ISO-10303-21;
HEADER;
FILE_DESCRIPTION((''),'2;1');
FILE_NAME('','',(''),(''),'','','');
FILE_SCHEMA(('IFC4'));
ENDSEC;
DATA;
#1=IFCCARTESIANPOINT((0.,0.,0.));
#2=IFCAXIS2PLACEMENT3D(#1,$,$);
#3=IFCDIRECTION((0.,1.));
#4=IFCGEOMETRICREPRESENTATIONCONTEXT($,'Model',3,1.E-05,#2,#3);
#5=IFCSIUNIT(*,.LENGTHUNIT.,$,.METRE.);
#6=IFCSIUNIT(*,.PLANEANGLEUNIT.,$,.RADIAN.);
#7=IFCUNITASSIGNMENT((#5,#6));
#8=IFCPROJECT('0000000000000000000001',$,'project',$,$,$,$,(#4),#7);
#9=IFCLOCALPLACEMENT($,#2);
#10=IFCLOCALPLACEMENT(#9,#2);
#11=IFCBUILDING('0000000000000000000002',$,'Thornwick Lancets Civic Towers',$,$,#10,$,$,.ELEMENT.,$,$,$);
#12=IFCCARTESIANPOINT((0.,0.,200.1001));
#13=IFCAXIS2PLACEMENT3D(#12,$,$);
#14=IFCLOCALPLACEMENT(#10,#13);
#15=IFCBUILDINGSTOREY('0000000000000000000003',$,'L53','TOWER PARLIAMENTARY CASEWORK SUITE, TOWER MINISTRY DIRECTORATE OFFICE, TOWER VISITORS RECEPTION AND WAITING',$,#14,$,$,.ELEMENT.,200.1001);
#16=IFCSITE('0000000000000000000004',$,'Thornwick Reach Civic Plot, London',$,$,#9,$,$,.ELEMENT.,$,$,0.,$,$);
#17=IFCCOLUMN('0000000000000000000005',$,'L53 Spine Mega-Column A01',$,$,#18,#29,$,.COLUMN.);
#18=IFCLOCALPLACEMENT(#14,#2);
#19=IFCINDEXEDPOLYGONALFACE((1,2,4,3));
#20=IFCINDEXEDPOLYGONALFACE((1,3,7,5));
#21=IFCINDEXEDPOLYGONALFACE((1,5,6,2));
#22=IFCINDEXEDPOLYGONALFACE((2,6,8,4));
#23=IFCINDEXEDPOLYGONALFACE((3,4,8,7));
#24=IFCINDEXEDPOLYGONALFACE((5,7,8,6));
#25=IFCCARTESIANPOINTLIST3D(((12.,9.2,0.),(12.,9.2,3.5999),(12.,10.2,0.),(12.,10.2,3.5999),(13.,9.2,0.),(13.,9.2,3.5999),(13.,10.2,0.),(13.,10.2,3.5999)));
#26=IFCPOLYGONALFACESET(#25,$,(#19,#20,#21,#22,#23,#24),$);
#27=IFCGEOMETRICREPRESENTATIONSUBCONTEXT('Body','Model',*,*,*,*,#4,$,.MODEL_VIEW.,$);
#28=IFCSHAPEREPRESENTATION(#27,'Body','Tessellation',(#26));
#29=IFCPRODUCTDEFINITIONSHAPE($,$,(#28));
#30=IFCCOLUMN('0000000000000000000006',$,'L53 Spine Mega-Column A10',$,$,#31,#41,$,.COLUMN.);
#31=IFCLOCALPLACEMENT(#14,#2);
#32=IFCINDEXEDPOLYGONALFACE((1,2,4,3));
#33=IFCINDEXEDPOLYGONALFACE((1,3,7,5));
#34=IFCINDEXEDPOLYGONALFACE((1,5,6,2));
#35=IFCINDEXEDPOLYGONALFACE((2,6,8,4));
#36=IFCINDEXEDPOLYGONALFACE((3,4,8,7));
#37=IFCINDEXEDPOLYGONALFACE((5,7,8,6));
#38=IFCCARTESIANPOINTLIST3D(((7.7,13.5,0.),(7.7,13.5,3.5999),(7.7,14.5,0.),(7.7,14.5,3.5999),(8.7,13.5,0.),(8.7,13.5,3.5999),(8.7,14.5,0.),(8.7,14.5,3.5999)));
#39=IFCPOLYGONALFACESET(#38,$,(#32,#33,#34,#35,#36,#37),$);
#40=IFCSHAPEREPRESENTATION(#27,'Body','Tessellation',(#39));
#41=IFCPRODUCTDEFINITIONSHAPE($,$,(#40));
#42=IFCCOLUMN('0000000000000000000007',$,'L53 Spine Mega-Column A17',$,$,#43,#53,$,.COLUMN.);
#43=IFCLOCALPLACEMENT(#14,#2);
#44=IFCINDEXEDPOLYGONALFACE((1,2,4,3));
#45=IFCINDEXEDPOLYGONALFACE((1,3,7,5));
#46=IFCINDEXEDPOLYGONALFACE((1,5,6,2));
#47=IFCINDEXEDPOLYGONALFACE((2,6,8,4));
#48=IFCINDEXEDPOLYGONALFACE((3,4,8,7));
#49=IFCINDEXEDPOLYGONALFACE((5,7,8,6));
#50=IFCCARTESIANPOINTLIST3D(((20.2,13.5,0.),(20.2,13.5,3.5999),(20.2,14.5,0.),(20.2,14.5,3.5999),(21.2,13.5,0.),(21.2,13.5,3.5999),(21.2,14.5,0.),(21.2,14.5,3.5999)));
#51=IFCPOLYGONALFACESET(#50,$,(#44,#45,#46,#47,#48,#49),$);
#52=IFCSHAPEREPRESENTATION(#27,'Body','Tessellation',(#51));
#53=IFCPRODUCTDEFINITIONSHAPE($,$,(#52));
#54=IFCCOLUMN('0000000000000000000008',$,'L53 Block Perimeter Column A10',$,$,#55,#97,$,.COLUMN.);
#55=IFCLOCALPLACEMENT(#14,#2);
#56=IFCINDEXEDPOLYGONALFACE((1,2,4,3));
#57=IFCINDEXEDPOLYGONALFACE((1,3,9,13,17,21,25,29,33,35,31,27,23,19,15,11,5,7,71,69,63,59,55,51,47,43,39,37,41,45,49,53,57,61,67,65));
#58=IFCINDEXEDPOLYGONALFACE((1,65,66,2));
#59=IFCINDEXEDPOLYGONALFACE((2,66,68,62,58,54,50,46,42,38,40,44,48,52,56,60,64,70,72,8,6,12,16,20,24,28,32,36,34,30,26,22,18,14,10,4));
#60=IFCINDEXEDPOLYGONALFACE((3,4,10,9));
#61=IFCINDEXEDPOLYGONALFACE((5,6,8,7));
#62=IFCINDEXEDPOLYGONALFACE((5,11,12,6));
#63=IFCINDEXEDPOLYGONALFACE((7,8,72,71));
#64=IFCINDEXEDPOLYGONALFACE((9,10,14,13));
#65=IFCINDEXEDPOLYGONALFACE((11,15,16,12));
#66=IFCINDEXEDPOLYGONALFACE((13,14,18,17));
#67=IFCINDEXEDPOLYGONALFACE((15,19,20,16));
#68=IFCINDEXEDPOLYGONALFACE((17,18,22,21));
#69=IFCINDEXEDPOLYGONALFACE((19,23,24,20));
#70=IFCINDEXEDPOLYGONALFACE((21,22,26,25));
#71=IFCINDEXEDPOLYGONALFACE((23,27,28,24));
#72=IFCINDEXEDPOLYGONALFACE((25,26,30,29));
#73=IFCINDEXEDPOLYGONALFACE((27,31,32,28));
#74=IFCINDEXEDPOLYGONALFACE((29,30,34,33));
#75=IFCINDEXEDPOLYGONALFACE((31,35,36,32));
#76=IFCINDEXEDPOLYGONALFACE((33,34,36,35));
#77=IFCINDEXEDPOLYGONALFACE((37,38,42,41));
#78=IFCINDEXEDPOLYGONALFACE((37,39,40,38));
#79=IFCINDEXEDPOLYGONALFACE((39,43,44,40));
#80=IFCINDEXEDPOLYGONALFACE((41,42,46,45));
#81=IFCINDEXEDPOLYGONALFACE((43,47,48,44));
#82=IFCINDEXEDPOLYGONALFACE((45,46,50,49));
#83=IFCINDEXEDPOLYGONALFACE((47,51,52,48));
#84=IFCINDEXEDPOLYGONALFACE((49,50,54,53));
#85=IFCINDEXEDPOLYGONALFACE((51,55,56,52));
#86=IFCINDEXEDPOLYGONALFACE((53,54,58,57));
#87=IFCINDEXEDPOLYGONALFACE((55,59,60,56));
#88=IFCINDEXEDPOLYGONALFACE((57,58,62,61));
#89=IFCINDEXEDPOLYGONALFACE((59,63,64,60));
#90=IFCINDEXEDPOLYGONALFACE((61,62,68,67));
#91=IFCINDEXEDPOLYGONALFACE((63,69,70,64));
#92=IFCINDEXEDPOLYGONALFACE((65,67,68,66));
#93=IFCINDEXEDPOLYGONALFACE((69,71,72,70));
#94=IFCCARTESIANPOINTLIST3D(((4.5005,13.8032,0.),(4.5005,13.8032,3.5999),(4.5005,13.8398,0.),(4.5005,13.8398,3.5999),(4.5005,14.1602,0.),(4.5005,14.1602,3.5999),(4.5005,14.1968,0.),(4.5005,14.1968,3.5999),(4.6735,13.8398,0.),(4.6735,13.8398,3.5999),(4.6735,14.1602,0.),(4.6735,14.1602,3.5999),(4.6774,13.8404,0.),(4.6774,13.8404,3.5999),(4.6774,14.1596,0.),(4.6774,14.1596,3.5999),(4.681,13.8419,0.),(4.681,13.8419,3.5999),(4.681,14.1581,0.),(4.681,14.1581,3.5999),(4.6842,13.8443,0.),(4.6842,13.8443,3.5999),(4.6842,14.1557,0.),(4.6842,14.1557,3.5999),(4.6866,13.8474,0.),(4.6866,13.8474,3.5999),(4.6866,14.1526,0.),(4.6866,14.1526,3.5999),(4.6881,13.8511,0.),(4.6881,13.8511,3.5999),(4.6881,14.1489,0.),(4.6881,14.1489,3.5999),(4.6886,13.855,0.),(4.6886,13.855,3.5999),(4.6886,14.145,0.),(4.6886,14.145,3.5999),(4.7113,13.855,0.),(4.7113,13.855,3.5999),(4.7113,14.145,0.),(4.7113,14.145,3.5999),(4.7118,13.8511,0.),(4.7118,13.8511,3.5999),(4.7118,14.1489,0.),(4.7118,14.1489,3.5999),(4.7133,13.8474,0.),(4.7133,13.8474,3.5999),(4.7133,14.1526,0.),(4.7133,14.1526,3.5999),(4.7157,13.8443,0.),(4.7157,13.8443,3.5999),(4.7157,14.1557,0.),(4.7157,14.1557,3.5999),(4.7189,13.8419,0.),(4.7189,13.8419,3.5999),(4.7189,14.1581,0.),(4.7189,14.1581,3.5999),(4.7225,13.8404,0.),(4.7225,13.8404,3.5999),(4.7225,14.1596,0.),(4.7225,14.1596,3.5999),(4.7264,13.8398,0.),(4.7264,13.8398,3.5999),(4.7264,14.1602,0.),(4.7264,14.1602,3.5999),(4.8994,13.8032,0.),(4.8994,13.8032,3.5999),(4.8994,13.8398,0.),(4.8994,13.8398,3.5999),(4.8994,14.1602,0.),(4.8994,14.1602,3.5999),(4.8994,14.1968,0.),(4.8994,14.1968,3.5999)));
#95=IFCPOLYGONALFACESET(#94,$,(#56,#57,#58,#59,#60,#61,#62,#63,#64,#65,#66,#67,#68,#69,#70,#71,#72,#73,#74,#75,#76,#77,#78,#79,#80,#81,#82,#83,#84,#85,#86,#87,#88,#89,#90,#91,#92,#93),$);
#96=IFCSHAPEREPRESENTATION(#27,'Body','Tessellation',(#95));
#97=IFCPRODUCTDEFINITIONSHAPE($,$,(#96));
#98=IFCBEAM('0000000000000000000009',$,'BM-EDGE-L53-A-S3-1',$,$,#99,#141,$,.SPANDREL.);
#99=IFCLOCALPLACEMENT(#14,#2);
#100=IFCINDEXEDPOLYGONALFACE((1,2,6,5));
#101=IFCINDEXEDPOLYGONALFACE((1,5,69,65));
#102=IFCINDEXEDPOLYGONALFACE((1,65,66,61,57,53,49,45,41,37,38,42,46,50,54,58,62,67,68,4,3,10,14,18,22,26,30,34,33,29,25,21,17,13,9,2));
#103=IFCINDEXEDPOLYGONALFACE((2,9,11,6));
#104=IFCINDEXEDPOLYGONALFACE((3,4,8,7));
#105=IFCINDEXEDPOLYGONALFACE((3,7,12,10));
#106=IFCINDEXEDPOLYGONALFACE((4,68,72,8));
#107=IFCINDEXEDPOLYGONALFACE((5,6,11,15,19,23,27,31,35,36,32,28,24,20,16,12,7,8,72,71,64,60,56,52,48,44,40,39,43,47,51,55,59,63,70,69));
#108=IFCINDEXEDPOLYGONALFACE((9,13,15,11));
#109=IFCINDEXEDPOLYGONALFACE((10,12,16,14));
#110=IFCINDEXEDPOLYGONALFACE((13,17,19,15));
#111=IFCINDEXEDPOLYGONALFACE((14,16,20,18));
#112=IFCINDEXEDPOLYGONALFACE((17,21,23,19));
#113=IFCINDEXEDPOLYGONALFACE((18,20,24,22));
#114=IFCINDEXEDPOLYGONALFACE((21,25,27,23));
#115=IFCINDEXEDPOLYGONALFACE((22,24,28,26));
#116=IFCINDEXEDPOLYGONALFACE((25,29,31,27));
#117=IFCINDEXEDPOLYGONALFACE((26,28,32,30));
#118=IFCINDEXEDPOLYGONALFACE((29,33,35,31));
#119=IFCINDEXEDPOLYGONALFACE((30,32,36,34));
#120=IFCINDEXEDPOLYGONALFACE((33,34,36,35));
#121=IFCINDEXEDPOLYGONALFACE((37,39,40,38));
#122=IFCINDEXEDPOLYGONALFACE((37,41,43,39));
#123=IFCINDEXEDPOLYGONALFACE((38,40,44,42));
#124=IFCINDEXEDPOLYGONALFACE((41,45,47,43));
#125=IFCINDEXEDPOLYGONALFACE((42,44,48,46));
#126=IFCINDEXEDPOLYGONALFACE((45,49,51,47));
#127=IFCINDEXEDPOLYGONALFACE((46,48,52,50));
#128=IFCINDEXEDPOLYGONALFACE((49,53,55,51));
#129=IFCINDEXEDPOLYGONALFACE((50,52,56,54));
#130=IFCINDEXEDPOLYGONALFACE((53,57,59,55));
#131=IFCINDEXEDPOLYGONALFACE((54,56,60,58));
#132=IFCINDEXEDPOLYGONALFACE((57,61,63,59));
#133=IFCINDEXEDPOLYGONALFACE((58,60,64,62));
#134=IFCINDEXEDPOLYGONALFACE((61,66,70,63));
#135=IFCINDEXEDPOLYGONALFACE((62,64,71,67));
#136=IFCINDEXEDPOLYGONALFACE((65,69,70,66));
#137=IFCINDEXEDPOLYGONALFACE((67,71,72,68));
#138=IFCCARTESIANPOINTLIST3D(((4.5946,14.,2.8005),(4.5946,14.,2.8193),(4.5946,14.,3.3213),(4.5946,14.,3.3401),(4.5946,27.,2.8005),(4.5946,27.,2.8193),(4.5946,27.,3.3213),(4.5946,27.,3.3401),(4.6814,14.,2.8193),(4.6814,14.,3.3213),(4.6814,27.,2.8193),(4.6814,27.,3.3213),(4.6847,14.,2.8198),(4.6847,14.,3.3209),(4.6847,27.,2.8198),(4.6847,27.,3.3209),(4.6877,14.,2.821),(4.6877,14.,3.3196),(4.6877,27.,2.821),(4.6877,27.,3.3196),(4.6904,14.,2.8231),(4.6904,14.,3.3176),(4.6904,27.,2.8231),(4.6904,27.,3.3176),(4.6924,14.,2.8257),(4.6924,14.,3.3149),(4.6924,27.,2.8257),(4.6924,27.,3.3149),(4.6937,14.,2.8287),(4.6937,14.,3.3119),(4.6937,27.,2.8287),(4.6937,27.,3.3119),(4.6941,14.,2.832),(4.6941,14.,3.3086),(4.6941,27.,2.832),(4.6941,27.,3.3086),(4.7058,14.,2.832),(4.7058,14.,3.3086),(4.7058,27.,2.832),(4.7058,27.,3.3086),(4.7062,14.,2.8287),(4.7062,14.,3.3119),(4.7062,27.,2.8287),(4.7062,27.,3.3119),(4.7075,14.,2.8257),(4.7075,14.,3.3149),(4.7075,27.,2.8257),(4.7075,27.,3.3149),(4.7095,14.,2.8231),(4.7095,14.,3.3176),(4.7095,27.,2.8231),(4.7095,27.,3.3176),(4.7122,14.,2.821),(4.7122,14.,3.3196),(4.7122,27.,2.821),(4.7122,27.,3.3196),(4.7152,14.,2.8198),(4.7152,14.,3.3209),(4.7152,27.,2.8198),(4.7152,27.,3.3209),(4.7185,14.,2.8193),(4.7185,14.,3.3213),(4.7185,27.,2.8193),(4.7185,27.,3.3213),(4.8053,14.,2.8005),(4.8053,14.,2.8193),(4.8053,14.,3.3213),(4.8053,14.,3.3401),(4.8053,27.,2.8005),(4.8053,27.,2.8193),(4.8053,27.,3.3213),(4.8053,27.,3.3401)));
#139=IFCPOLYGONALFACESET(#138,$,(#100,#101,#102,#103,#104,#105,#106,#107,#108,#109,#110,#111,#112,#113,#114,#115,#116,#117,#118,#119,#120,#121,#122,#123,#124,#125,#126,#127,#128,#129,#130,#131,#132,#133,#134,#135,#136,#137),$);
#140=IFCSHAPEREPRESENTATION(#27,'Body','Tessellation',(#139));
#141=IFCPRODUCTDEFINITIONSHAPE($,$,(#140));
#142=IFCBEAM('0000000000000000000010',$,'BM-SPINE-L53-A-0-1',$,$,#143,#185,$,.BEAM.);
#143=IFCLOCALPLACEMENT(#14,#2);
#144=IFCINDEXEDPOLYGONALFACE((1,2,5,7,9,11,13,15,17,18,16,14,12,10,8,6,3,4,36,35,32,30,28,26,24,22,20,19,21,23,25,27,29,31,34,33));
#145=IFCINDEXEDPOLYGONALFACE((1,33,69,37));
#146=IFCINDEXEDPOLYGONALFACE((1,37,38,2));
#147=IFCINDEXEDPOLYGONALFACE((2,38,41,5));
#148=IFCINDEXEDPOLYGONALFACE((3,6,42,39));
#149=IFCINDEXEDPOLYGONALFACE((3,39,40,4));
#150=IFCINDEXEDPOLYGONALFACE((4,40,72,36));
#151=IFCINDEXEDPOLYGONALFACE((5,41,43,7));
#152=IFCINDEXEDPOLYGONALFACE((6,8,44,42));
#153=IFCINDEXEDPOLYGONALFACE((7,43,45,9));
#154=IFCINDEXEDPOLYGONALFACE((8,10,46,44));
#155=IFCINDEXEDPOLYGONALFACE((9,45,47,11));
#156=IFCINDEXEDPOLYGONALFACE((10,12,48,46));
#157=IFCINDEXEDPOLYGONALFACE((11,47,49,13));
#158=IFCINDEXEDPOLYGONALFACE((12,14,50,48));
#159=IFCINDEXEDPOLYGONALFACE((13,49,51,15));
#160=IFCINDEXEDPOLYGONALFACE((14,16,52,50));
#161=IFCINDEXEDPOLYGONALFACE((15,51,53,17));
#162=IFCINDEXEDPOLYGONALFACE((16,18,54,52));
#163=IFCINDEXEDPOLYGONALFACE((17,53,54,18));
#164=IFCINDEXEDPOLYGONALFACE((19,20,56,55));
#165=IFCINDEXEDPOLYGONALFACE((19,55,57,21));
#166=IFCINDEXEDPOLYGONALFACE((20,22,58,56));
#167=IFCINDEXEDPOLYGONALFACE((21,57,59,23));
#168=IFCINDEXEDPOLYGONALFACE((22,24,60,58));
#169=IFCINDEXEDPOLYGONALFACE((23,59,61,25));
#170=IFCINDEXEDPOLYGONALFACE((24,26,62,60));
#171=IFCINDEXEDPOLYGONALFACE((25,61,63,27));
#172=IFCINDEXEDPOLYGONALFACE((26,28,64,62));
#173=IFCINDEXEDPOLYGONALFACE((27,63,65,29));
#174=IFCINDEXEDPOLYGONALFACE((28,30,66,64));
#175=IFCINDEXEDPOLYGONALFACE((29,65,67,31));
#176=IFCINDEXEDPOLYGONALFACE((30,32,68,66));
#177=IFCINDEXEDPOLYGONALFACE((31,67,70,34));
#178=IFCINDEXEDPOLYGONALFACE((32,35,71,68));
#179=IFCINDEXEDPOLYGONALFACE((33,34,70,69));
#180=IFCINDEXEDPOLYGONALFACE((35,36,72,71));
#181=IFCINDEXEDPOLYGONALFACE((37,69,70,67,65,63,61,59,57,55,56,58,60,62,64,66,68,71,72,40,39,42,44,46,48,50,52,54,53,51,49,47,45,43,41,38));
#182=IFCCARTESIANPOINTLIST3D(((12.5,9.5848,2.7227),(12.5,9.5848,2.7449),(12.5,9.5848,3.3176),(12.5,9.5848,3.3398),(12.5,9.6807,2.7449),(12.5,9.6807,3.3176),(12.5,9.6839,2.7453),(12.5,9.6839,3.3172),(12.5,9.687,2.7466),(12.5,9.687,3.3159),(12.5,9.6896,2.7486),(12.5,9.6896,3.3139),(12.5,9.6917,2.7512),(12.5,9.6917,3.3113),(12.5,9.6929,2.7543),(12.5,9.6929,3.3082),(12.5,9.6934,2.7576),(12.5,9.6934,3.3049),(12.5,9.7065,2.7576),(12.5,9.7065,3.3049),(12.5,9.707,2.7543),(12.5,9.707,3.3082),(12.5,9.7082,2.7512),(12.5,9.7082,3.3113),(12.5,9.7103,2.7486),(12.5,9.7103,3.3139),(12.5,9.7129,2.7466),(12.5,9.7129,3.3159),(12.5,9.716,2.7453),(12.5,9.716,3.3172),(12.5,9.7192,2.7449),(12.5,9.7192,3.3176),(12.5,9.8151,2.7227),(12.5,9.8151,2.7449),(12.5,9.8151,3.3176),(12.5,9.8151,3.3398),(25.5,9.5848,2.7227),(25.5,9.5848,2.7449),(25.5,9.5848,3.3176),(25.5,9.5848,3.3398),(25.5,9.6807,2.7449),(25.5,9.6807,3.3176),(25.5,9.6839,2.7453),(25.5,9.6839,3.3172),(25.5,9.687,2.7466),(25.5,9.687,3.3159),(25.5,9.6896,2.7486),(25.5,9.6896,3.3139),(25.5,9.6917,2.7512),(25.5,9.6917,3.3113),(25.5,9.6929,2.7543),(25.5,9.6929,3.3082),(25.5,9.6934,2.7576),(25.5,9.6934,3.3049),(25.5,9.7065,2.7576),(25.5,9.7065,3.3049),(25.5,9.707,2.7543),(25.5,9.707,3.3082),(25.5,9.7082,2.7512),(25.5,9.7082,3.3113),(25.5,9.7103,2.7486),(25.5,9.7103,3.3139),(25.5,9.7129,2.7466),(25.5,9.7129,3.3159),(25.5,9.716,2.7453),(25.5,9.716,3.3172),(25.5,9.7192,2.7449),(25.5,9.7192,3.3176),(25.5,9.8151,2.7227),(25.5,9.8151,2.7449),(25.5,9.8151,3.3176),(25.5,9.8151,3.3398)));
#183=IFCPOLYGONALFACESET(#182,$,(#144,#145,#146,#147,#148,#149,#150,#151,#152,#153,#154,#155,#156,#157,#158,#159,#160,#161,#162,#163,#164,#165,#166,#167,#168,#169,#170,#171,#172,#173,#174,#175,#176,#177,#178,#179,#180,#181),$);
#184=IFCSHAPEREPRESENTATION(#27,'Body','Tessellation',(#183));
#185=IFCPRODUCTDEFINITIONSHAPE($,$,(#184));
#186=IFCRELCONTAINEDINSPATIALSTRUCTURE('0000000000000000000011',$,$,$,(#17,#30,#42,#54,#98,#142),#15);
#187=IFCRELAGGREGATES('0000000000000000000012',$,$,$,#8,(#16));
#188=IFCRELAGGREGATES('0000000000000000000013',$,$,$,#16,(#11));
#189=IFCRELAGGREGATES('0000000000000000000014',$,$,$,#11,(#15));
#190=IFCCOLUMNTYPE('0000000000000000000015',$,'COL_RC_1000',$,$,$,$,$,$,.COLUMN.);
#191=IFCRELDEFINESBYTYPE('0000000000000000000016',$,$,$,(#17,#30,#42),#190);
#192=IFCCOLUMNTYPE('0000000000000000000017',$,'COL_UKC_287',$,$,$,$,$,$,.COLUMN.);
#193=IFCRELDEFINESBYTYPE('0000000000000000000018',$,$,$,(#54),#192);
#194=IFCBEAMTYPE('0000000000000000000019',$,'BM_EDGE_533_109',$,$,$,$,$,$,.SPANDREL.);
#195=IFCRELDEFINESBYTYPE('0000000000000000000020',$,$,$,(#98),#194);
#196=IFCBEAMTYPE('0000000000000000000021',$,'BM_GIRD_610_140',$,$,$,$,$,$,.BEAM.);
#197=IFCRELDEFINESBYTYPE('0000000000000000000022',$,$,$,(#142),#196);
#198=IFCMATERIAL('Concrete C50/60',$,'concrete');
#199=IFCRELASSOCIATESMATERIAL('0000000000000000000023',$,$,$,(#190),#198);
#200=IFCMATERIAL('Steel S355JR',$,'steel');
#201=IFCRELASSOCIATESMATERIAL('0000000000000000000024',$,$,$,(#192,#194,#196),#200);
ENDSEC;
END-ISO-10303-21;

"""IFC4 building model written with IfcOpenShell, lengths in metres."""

from ifc_helpers import new_model, si_unit, direction, frame, origin, origin_2d, place, context, subcontext, project, spatial, rectangle, i_section, extrude, material, material_profile, profile_set, type_object, element, save


model = new_model("IFC4")

# Units and contexts
model_context = context("Model", 3, precision=1e-05, world=origin(), true_north=direction((0.0, 1.0)))
body_context = subcontext(model_context, "Body", "Model", "MODEL_VIEW")
ifc_project = project(units=[si_unit("LENGTHUNIT", "METRE"), si_unit("PLANEANGLEUNIT", "RADIAN")], contexts=[model_context])

# Site, building, storey
site_placement = place(None, origin())
site = spatial("IfcSite", under=ifc_project, at=site_placement, Name="Thornwick Reach Civic Plot, London", CompositionType="ELEMENT", RefElevation=0.0)
building_placement = place(site_placement, origin())
building = spatial("IfcBuilding", under=site, at=building_placement, Name="Thornwick Lancets Civic Towers", CompositionType="ELEMENT")
storey_placement = place(building_placement, frame((0.0, 0.0, 200.1001)))
storey = spatial("IfcBuildingStorey", under=building, at=storey_placement, Name="L53", Description="TOWER PARLIAMENTARY CASEWORK SUITE, TOWER MINISTRY DIRECTORATE OFFICE, TOWER VISITORS RECEPTION AND WAITING", CompositionType="ELEMENT", Elevation=200.1001)

# Columns
ifc_material_1 = material(Name="Concrete C50/60", Category="concrete")
ifc_material_profile_1 = material_profile(ifc_material_1, rectangle(XDim=1.0, YDim=1.0, at=origin_2d()), Name="RC 1000x1000")
ifc_profile_set_1 = profile_set([ifc_material_profile_1], Name="Concrete C50/60")
column_type_1 = type_object("IfcColumnType", Name="COL_RC_1000", PredefinedType="COLUMN", material=ifc_profile_set_1)
for number, where, z_axis, x_axis, name in (
    (1, (12.5, 9.7, 0.0), (0.0, 0.0, 1.0), (1.0, 0.0, 0.0), "L53 Spine Mega-Column A01"),
    (2, (8.2, 14.0, 0.0), (0.0, 0.0, 1.0), (1.0, 0.0, 0.0), "L53 Spine Mega-Column A10"),
    (3, (20.7, 14.0, 0.0), (0.0, 0.0, 1.0), (1.0, 0.0, 0.0), "L53 Spine Mega-Column A17"),
):
    element("IfcColumn", number, at=place(storey_placement, frame(where, z_axis=z_axis, x_axis=x_axis)), inside=storey, type_object=column_type_1, Name=name, PredefinedType="COLUMN", context=body_context, shape_type="SweptSolid", body=[
        extrude(rectangle(XDim=1.0, YDim=1.0, at=origin_2d()), origin(), (0.0, 0.0, 1.0), 3.5999),
    ])
ifc_material_2 = material(Name="Steel S355JR", Category="steel")
ifc_material_profile_2 = material_profile(ifc_material_2, i_section(OverallWidth=0.3989, OverallDepth=0.3936, WebThickness=0.0227, FlangeThickness=0.0366, FilletRadius=0.0151, at=origin_2d()), Name="UKC 356x406x287")
ifc_profile_set_2 = profile_set([ifc_material_profile_2], Name="Steel S355JR")
column_type_2 = type_object("IfcColumnType", Name="COL_UKC_287", PredefinedType="COLUMN", material=ifc_profile_set_2)
column_placement = place(storey_placement, frame((4.7, 14.0, 0.0), z_axis=(0.0, 0.0, 1.0), x_axis=(1.0, 0.0, 0.0)))
element("IfcColumn", 4, at=column_placement, inside=storey, type_object=column_type_2, Name="L53 Block Perimeter Column A10", PredefinedType="COLUMN", context=body_context, shape_type="SweptSolid", body=[
    extrude(i_section(OverallWidth=0.3989, OverallDepth=0.3936, WebThickness=0.0227, FlangeThickness=0.0366, FilletRadius=0.0151, at=origin_2d()), origin(), (0.0, 0.0, 1.0), 3.5999),
])

# Beams
ifc_material_profile_3 = material_profile(ifc_material_2, i_section(OverallWidth=0.2107, OverallDepth=0.5396, WebThickness=0.0117, FlangeThickness=0.0188, FilletRadius=0.0127, at=origin_2d()), Name="UKB 533x210x109")
ifc_profile_set_3 = profile_set([ifc_material_profile_3], Name="Steel S355JR")
beam_type_1 = type_object("IfcBeamType", Name="BM_EDGE_533_109", PredefinedType="SPANDREL", material=ifc_profile_set_3)
beam_1_placement = place(storey_placement, frame((4.7, 14.0, 3.0703), z_axis=(0.0, 1.0, 0.0), x_axis=(-1.0, 0.0, 0.0)))
element("IfcBeam", 5, at=beam_1_placement, inside=storey, type_object=beam_type_1, Name="BM-EDGE-L53-A-S3-1", PredefinedType="SPANDREL", context=body_context, shape_type="SweptSolid", body=[
    extrude(i_section(OverallWidth=0.2107, OverallDepth=0.5396, WebThickness=0.0117, FlangeThickness=0.0188, FilletRadius=0.0127, at=origin_2d()), origin(), (0.0, 0.0, 1.0), 13.0),
])
ifc_material_profile_4 = material_profile(ifc_material_2, i_section(OverallWidth=0.2302, OverallDepth=0.6172, WebThickness=0.0132, FlangeThickness=0.0222, FilletRadius=0.0127, at=origin_2d()), Name="UKB 610x229x140")
ifc_profile_set_4 = profile_set([ifc_material_profile_4], Name="Steel S355JR")
beam_type_2 = type_object("IfcBeamType", Name="BM_GIRD_610_140", PredefinedType="BEAM", material=ifc_profile_set_4)
for number, where, z_axis, x_axis, name in (
    (6, (12.5, 9.7, 3.0312), (1.0, 0.0, 0.0), (0.0, 1.0, 0.0), "BM-SPINE-L53-A-0-1"),
):
    element("IfcBeam", number, at=place(storey_placement, frame(where, z_axis=z_axis, x_axis=x_axis)), inside=storey, type_object=beam_type_2, Name=name, PredefinedType="BEAM", context=body_context, shape_type="SweptSolid", body=[
        extrude(i_section(OverallWidth=0.2302, OverallDepth=0.6172, WebThickness=0.0132, FlangeThickness=0.0222, FilletRadius=0.0127, at=origin_2d()), origin(), (0.0, 0.0, 1.0), 13.0),
    ])

save(model, "model.ifc")
